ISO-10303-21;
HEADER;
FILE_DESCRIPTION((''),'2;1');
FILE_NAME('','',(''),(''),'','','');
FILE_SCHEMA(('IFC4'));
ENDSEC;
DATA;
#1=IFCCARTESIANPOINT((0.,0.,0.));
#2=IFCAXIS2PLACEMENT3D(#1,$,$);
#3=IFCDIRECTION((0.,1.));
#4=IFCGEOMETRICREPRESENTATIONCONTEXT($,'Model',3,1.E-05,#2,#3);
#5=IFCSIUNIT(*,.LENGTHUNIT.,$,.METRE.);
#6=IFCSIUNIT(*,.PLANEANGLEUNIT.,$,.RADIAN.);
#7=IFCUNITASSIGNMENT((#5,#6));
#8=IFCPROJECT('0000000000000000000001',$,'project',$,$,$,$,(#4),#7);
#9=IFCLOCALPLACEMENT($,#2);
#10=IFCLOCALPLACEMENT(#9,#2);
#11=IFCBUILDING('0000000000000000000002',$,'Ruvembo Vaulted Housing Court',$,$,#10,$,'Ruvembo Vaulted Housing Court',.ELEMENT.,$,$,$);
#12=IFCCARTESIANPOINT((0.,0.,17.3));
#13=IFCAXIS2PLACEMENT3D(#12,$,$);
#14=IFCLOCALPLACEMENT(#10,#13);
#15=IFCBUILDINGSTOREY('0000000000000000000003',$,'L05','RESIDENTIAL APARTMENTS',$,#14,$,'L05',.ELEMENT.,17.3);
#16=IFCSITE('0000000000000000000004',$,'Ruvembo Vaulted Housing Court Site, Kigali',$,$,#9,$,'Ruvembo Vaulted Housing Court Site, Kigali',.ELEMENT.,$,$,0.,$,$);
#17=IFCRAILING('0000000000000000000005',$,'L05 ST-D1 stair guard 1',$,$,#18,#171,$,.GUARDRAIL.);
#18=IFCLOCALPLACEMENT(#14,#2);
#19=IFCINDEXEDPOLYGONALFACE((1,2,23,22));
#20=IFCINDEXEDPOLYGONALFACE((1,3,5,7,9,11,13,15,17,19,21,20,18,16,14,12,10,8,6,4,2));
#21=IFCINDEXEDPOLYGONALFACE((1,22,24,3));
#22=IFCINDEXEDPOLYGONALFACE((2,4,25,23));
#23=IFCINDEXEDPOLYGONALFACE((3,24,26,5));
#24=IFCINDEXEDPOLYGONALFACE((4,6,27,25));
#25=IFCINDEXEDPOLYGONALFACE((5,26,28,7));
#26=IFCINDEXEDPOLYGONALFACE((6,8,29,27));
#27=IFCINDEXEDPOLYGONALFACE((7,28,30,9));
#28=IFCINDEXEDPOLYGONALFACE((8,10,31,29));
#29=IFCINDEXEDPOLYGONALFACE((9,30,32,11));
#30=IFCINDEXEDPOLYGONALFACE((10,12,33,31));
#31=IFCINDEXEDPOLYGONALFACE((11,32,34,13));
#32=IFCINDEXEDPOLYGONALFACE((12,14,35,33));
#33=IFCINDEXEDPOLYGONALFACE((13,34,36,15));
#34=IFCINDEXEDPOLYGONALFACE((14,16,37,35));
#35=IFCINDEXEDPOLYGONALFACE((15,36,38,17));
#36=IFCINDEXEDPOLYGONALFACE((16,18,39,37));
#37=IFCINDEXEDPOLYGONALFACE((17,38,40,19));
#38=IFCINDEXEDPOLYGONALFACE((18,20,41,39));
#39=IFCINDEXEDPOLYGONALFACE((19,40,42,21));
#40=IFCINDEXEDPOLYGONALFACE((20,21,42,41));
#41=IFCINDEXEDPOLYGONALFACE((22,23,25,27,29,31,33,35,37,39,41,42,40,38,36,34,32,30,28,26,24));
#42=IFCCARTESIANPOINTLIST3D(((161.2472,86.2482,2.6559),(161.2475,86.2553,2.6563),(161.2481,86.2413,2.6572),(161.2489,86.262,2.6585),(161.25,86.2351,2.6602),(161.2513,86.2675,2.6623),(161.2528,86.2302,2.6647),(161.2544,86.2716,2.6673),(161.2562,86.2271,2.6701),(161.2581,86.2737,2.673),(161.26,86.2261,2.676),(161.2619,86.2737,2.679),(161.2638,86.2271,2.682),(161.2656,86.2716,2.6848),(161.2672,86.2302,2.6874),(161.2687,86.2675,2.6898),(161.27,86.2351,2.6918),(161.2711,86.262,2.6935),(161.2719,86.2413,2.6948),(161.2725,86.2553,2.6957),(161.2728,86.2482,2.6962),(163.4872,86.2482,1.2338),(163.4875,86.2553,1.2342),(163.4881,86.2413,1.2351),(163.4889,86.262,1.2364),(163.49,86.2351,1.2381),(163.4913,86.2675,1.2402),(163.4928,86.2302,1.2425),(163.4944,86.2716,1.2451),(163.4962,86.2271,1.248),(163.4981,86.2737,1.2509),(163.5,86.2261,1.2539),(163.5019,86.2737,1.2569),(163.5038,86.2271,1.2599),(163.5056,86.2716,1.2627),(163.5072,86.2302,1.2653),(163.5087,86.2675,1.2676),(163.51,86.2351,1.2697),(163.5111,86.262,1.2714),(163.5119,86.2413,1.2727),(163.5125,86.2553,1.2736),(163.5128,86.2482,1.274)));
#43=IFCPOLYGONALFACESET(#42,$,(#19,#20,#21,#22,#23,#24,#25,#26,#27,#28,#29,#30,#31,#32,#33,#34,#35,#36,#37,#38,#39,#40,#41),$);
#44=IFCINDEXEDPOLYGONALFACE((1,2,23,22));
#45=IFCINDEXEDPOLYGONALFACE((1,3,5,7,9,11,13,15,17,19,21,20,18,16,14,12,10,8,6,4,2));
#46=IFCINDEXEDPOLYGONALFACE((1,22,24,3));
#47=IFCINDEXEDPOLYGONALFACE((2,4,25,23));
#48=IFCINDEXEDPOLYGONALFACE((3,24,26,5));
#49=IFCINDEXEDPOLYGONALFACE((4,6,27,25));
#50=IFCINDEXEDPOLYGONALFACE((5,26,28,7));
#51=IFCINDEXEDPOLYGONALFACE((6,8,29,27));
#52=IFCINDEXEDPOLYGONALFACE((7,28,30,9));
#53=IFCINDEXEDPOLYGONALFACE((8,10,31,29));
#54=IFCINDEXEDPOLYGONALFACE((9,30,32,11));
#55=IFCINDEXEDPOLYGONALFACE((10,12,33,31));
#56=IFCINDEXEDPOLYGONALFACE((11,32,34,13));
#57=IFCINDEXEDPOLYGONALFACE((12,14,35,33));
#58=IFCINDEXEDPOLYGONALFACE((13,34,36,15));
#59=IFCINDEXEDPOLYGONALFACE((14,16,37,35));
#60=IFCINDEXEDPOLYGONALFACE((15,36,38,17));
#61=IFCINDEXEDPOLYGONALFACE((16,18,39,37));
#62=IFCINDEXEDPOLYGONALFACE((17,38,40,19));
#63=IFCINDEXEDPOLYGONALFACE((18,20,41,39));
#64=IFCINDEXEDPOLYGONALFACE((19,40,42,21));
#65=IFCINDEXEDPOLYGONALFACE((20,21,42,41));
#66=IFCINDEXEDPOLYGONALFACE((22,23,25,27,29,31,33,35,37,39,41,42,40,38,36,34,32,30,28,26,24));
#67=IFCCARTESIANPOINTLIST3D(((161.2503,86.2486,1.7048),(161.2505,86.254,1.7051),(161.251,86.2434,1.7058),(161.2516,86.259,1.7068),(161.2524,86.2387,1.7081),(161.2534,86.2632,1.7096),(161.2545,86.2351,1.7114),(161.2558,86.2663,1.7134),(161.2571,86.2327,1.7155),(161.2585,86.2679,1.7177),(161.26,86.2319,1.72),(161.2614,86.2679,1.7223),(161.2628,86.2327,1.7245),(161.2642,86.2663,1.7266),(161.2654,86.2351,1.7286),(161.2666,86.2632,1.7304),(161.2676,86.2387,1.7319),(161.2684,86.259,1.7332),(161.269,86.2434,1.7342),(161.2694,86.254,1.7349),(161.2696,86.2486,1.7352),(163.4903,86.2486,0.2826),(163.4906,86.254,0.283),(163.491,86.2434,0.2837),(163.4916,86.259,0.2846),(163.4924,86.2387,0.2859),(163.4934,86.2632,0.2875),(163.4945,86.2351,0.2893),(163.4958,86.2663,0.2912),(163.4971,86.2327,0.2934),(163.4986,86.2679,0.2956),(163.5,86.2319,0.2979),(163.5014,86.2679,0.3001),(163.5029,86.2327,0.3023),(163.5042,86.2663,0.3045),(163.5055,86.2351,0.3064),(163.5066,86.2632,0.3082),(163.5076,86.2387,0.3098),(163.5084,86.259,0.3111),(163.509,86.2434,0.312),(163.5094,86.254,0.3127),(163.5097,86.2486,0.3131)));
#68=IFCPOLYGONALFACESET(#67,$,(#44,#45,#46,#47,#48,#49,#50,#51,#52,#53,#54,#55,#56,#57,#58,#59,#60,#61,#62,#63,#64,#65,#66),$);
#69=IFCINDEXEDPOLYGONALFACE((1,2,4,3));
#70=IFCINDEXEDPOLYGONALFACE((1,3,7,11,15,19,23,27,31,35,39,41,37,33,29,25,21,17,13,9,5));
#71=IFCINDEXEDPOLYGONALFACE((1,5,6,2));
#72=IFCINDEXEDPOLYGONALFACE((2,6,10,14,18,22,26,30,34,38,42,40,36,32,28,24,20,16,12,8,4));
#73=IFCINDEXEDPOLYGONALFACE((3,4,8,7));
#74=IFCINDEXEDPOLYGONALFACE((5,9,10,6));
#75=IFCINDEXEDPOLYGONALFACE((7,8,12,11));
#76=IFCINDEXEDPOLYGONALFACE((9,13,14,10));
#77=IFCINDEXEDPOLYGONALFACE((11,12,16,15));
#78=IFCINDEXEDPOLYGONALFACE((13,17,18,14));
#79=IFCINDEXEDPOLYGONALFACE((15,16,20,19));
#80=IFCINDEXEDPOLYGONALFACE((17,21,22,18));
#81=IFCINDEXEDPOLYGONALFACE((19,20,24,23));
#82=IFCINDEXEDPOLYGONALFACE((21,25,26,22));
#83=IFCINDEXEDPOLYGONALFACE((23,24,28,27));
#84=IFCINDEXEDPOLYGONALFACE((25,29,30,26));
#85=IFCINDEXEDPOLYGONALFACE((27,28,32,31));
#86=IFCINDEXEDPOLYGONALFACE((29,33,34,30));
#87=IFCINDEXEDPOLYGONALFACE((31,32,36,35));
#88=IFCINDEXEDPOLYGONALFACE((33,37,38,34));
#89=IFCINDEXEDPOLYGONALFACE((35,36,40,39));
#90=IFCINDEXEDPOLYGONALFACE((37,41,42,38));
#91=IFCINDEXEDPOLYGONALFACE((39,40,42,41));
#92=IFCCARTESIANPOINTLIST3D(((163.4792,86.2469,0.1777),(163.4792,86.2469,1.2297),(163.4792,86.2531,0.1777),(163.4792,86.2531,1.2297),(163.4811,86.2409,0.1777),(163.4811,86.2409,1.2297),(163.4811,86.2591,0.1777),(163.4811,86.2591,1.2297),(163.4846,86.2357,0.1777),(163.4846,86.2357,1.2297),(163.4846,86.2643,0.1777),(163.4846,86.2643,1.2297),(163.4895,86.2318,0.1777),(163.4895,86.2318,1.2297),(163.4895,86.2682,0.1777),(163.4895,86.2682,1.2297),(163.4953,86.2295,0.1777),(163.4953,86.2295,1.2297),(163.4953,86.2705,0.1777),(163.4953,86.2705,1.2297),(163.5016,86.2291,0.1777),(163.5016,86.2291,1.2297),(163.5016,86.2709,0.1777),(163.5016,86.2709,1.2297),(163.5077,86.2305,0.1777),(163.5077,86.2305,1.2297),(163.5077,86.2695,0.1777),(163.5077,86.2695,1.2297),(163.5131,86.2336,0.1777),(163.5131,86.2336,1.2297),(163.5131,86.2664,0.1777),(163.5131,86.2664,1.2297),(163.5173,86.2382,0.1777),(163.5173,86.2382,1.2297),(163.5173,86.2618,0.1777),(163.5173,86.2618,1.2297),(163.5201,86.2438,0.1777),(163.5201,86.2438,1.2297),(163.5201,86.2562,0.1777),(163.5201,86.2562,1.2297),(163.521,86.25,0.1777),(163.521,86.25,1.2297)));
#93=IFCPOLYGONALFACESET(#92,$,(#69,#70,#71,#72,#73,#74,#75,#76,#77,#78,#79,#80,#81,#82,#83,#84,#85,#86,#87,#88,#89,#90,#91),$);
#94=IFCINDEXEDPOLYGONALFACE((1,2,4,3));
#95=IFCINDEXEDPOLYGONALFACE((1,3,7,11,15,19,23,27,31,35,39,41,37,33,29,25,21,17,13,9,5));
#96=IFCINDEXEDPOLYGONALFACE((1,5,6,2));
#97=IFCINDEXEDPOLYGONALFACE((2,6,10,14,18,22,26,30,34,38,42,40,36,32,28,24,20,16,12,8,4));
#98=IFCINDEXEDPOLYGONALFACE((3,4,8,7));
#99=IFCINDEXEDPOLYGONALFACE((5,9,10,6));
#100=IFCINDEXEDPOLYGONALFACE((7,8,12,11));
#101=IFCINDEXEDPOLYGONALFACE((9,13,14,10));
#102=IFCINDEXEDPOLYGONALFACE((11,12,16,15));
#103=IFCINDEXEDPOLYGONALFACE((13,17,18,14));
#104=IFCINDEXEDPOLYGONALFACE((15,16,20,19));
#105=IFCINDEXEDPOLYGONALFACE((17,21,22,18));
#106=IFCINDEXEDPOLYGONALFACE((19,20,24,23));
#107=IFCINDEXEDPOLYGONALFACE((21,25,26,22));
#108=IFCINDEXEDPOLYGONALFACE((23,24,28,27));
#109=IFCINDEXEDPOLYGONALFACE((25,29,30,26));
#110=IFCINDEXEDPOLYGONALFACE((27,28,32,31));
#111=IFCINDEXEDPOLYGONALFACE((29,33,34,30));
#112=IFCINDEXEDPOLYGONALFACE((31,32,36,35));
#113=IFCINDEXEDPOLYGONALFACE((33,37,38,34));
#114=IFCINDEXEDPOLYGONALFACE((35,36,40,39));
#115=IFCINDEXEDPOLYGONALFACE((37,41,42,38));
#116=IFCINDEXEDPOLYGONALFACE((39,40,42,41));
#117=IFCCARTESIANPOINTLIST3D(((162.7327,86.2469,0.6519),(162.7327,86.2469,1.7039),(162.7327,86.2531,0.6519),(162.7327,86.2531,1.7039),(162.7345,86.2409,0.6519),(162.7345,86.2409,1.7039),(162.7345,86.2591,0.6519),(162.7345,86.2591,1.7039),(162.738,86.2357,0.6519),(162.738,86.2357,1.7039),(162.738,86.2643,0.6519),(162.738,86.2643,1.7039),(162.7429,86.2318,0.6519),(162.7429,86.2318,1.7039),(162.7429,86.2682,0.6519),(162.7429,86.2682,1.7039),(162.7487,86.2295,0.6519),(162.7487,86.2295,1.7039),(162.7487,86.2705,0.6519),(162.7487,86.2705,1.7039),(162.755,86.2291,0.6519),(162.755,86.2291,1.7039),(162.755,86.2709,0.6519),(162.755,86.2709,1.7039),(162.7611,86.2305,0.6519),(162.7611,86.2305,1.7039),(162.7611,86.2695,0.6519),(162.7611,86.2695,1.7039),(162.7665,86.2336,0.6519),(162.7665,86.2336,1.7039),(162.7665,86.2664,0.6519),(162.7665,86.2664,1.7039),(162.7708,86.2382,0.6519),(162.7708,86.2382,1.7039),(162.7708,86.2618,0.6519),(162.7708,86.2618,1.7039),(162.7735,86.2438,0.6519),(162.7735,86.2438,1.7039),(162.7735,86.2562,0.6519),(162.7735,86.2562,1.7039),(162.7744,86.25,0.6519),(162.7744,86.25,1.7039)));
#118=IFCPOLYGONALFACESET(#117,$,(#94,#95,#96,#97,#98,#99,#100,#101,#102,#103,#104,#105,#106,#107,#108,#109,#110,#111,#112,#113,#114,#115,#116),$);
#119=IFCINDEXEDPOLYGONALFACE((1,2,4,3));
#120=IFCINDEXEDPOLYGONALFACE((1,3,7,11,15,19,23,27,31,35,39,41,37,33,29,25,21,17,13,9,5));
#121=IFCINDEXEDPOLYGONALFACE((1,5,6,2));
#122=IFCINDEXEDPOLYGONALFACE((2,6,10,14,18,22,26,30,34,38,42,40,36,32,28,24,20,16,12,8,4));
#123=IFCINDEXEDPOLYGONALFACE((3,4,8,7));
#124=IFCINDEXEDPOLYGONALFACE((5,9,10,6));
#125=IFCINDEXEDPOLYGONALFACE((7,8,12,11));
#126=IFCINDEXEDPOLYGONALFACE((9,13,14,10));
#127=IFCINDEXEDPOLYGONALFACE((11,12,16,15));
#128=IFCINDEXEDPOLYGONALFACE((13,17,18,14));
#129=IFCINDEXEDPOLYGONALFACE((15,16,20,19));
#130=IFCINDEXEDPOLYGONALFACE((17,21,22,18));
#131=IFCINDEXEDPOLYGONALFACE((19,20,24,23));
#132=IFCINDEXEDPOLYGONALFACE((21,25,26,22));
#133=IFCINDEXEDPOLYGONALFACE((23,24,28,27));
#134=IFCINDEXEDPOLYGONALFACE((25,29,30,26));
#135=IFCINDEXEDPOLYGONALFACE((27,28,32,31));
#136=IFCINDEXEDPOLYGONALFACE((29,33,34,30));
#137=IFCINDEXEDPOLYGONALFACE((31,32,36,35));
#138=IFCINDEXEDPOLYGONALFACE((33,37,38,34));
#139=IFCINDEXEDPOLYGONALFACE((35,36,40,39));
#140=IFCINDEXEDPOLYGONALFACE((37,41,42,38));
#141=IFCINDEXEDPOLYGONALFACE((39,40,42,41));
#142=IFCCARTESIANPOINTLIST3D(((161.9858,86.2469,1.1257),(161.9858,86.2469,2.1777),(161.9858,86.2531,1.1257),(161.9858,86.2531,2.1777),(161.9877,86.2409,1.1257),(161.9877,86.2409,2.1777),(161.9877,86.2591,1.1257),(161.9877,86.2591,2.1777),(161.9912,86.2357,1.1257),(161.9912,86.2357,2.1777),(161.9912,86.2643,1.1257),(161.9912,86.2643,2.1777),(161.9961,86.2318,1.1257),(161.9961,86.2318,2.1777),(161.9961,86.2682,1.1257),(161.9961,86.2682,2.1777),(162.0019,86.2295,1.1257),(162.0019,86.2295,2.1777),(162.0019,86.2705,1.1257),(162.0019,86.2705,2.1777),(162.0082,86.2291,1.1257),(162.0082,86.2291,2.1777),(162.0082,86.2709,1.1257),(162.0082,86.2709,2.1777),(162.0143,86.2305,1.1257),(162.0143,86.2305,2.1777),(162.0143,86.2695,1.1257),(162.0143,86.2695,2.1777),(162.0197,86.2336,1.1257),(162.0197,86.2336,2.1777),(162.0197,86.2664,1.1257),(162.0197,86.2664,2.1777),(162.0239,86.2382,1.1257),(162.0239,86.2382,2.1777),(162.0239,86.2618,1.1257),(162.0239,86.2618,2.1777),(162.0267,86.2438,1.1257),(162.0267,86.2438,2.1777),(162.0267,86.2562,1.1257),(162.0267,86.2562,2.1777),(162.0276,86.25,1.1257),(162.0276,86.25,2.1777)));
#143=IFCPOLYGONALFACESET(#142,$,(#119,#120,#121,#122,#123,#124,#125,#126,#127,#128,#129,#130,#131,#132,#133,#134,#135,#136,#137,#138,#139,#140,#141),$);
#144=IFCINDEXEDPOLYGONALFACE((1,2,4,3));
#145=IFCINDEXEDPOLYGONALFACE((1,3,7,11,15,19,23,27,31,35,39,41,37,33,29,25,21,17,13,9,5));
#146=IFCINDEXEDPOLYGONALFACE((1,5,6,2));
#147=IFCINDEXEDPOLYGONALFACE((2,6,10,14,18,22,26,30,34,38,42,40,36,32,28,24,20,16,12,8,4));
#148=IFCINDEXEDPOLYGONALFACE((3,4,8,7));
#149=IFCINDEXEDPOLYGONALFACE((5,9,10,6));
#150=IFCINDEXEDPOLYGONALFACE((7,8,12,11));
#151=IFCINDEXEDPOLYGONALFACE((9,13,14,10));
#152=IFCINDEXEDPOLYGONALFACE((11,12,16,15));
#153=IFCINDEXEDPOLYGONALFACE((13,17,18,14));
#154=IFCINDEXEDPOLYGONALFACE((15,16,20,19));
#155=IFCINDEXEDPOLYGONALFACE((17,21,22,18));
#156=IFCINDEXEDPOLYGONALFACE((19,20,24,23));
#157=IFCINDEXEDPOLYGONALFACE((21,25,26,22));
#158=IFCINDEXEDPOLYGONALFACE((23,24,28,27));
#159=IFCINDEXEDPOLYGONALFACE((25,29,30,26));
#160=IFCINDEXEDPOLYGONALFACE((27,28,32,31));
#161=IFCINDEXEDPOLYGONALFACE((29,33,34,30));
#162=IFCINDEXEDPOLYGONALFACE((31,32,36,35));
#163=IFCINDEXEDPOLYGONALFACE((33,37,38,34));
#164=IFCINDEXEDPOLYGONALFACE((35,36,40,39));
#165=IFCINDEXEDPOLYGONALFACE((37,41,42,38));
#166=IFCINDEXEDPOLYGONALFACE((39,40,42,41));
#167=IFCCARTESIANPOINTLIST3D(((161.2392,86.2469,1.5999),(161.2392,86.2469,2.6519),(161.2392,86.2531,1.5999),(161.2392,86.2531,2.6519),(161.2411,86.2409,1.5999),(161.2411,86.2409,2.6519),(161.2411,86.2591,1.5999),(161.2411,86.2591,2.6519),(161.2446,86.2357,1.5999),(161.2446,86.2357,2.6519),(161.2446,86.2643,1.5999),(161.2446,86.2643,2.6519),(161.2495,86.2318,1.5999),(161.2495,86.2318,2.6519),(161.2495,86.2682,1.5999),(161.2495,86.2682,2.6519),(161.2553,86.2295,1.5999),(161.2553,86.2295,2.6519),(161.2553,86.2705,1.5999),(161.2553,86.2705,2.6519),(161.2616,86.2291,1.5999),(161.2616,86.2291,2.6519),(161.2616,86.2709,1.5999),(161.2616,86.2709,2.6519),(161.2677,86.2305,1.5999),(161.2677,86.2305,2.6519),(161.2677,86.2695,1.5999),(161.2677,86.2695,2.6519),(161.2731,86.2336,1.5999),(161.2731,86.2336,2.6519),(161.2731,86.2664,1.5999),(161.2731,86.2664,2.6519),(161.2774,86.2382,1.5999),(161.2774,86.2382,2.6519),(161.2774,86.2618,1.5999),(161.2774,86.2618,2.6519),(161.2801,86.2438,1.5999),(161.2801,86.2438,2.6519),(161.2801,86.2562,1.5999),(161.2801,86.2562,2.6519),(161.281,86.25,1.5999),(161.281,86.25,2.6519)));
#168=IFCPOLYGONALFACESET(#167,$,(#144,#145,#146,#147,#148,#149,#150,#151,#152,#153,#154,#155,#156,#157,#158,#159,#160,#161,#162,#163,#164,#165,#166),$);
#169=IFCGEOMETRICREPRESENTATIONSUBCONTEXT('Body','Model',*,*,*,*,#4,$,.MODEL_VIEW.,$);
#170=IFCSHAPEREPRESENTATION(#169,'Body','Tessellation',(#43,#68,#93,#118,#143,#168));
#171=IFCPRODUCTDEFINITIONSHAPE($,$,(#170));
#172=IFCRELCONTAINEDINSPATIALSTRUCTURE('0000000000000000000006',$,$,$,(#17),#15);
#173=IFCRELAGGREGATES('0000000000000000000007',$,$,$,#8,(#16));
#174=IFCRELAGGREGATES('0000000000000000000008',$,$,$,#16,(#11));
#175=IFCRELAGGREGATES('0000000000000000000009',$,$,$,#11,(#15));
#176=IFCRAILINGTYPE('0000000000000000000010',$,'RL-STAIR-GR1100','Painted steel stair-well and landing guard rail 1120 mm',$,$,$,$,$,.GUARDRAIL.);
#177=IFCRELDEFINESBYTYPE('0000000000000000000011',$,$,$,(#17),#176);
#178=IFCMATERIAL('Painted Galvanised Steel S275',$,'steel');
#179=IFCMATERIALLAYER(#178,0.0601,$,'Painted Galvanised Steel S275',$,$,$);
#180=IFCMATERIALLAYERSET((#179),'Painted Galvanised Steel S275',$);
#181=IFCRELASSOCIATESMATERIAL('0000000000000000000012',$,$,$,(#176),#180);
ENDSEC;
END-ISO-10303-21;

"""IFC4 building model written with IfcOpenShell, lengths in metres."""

from ifc_helpers import new_model, si_unit, direction, frame, origin, origin_2d, place, context, subcontext, project, spatial, circle, extrude, material, layer, layer_set, type_object, element, save


model = new_model("IFC4")

# Units and contexts
model_context = context("Model", 3, precision=1e-05, world=origin(), true_north=direction((0.0, 1.0)))
body_context = subcontext(model_context, "Body", "Model", "MODEL_VIEW")
ifc_project = project(units=[si_unit("LENGTHUNIT", "METRE"), si_unit("PLANEANGLEUNIT", "RADIAN")], contexts=[model_context])

# Site, building, storey
site_placement = place(None, origin())
site = spatial("IfcSite", under=ifc_project, at=site_placement, Name="Ruvembo Vaulted Housing Court Site, Kigali", LongName="Ruvembo Vaulted Housing Court Site, Kigali", CompositionType="ELEMENT", RefElevation=0.0)
building_placement = place(site_placement, origin())
building = spatial("IfcBuilding", under=site, at=building_placement, Name="Ruvembo Vaulted Housing Court", LongName="Ruvembo Vaulted Housing Court", CompositionType="ELEMENT")
storey_placement = place(building_placement, frame((0.0, 0.0, 17.3)))
storey = spatial("IfcBuildingStorey", under=building, at=storey_placement, Name="L05", Description="RESIDENTIAL APARTMENTS", LongName="L05", CompositionType="ELEMENT", Elevation=17.3)

# Railing
ifc_material_1 = material(Name="Painted Galvanised Steel S275", Category="steel")
ifc_layer_1 = layer(ifc_material_1, 0.0601, Name="Painted Galvanised Steel S275")
ifc_layer_set_1 = layer_set([ifc_layer_1], Name="Painted Galvanised Steel S275")
railing_type_1 = type_object("IfcRailingType", Name="RL-STAIR-GR1100", Description="Painted steel stair-well and landing guard rail 1120 mm", PredefinedType="GUARDRAIL", material=ifc_layer_set_1)
railing_1_placement = place(storey_placement, frame((163.5, 86.25, 0.1777)))
element("IfcRailing", 1, at=railing_1_placement, inside=storey, type_object=railing_type_1, Name="L05 ST-D1 stair guard 1", PredefinedType="GUARDRAIL", context=body_context, shape_type="SweptSolid", body=[
    extrude(circle(Radius=0.0239, at=origin_2d()), frame((0.0, 0.0, 1.0762), z_axis=(-0.844229, 0.0, 0.535982), x_axis=(0.0, -1.0, 0.0)), (0.0, 0.0, 1.0), 2.6533),
    extrude(circle(Radius=0.0181, at=origin_2d()), frame((0.0, 0.0, 0.1201), z_axis=(-0.844229, 0.0, 0.535982), x_axis=(0.0, -1.0, 0.0)), (0.0, 0.0, 1.0), 2.6533),
    extrude(circle(Radius=0.021, at=origin_2d()), origin(), (0.0, 0.0, 1.0), 1.052),
    extrude(circle(Radius=0.021, at=origin_2d()), frame((-0.7466, 0.0, 0.4741)), (0.0, 0.0, 1.0), 1.052),
    extrude(circle(Radius=0.021, at=origin_2d()), frame((-1.4934, 0.0, 0.948)), (0.0, 0.0, 1.0), 1.052),
    extrude(circle(Radius=0.021, at=origin_2d()), frame((-2.24, 0.0, 1.4221)), (0.0, 0.0, 1.0), 1.052),
])

save(model, "model.ifc")
